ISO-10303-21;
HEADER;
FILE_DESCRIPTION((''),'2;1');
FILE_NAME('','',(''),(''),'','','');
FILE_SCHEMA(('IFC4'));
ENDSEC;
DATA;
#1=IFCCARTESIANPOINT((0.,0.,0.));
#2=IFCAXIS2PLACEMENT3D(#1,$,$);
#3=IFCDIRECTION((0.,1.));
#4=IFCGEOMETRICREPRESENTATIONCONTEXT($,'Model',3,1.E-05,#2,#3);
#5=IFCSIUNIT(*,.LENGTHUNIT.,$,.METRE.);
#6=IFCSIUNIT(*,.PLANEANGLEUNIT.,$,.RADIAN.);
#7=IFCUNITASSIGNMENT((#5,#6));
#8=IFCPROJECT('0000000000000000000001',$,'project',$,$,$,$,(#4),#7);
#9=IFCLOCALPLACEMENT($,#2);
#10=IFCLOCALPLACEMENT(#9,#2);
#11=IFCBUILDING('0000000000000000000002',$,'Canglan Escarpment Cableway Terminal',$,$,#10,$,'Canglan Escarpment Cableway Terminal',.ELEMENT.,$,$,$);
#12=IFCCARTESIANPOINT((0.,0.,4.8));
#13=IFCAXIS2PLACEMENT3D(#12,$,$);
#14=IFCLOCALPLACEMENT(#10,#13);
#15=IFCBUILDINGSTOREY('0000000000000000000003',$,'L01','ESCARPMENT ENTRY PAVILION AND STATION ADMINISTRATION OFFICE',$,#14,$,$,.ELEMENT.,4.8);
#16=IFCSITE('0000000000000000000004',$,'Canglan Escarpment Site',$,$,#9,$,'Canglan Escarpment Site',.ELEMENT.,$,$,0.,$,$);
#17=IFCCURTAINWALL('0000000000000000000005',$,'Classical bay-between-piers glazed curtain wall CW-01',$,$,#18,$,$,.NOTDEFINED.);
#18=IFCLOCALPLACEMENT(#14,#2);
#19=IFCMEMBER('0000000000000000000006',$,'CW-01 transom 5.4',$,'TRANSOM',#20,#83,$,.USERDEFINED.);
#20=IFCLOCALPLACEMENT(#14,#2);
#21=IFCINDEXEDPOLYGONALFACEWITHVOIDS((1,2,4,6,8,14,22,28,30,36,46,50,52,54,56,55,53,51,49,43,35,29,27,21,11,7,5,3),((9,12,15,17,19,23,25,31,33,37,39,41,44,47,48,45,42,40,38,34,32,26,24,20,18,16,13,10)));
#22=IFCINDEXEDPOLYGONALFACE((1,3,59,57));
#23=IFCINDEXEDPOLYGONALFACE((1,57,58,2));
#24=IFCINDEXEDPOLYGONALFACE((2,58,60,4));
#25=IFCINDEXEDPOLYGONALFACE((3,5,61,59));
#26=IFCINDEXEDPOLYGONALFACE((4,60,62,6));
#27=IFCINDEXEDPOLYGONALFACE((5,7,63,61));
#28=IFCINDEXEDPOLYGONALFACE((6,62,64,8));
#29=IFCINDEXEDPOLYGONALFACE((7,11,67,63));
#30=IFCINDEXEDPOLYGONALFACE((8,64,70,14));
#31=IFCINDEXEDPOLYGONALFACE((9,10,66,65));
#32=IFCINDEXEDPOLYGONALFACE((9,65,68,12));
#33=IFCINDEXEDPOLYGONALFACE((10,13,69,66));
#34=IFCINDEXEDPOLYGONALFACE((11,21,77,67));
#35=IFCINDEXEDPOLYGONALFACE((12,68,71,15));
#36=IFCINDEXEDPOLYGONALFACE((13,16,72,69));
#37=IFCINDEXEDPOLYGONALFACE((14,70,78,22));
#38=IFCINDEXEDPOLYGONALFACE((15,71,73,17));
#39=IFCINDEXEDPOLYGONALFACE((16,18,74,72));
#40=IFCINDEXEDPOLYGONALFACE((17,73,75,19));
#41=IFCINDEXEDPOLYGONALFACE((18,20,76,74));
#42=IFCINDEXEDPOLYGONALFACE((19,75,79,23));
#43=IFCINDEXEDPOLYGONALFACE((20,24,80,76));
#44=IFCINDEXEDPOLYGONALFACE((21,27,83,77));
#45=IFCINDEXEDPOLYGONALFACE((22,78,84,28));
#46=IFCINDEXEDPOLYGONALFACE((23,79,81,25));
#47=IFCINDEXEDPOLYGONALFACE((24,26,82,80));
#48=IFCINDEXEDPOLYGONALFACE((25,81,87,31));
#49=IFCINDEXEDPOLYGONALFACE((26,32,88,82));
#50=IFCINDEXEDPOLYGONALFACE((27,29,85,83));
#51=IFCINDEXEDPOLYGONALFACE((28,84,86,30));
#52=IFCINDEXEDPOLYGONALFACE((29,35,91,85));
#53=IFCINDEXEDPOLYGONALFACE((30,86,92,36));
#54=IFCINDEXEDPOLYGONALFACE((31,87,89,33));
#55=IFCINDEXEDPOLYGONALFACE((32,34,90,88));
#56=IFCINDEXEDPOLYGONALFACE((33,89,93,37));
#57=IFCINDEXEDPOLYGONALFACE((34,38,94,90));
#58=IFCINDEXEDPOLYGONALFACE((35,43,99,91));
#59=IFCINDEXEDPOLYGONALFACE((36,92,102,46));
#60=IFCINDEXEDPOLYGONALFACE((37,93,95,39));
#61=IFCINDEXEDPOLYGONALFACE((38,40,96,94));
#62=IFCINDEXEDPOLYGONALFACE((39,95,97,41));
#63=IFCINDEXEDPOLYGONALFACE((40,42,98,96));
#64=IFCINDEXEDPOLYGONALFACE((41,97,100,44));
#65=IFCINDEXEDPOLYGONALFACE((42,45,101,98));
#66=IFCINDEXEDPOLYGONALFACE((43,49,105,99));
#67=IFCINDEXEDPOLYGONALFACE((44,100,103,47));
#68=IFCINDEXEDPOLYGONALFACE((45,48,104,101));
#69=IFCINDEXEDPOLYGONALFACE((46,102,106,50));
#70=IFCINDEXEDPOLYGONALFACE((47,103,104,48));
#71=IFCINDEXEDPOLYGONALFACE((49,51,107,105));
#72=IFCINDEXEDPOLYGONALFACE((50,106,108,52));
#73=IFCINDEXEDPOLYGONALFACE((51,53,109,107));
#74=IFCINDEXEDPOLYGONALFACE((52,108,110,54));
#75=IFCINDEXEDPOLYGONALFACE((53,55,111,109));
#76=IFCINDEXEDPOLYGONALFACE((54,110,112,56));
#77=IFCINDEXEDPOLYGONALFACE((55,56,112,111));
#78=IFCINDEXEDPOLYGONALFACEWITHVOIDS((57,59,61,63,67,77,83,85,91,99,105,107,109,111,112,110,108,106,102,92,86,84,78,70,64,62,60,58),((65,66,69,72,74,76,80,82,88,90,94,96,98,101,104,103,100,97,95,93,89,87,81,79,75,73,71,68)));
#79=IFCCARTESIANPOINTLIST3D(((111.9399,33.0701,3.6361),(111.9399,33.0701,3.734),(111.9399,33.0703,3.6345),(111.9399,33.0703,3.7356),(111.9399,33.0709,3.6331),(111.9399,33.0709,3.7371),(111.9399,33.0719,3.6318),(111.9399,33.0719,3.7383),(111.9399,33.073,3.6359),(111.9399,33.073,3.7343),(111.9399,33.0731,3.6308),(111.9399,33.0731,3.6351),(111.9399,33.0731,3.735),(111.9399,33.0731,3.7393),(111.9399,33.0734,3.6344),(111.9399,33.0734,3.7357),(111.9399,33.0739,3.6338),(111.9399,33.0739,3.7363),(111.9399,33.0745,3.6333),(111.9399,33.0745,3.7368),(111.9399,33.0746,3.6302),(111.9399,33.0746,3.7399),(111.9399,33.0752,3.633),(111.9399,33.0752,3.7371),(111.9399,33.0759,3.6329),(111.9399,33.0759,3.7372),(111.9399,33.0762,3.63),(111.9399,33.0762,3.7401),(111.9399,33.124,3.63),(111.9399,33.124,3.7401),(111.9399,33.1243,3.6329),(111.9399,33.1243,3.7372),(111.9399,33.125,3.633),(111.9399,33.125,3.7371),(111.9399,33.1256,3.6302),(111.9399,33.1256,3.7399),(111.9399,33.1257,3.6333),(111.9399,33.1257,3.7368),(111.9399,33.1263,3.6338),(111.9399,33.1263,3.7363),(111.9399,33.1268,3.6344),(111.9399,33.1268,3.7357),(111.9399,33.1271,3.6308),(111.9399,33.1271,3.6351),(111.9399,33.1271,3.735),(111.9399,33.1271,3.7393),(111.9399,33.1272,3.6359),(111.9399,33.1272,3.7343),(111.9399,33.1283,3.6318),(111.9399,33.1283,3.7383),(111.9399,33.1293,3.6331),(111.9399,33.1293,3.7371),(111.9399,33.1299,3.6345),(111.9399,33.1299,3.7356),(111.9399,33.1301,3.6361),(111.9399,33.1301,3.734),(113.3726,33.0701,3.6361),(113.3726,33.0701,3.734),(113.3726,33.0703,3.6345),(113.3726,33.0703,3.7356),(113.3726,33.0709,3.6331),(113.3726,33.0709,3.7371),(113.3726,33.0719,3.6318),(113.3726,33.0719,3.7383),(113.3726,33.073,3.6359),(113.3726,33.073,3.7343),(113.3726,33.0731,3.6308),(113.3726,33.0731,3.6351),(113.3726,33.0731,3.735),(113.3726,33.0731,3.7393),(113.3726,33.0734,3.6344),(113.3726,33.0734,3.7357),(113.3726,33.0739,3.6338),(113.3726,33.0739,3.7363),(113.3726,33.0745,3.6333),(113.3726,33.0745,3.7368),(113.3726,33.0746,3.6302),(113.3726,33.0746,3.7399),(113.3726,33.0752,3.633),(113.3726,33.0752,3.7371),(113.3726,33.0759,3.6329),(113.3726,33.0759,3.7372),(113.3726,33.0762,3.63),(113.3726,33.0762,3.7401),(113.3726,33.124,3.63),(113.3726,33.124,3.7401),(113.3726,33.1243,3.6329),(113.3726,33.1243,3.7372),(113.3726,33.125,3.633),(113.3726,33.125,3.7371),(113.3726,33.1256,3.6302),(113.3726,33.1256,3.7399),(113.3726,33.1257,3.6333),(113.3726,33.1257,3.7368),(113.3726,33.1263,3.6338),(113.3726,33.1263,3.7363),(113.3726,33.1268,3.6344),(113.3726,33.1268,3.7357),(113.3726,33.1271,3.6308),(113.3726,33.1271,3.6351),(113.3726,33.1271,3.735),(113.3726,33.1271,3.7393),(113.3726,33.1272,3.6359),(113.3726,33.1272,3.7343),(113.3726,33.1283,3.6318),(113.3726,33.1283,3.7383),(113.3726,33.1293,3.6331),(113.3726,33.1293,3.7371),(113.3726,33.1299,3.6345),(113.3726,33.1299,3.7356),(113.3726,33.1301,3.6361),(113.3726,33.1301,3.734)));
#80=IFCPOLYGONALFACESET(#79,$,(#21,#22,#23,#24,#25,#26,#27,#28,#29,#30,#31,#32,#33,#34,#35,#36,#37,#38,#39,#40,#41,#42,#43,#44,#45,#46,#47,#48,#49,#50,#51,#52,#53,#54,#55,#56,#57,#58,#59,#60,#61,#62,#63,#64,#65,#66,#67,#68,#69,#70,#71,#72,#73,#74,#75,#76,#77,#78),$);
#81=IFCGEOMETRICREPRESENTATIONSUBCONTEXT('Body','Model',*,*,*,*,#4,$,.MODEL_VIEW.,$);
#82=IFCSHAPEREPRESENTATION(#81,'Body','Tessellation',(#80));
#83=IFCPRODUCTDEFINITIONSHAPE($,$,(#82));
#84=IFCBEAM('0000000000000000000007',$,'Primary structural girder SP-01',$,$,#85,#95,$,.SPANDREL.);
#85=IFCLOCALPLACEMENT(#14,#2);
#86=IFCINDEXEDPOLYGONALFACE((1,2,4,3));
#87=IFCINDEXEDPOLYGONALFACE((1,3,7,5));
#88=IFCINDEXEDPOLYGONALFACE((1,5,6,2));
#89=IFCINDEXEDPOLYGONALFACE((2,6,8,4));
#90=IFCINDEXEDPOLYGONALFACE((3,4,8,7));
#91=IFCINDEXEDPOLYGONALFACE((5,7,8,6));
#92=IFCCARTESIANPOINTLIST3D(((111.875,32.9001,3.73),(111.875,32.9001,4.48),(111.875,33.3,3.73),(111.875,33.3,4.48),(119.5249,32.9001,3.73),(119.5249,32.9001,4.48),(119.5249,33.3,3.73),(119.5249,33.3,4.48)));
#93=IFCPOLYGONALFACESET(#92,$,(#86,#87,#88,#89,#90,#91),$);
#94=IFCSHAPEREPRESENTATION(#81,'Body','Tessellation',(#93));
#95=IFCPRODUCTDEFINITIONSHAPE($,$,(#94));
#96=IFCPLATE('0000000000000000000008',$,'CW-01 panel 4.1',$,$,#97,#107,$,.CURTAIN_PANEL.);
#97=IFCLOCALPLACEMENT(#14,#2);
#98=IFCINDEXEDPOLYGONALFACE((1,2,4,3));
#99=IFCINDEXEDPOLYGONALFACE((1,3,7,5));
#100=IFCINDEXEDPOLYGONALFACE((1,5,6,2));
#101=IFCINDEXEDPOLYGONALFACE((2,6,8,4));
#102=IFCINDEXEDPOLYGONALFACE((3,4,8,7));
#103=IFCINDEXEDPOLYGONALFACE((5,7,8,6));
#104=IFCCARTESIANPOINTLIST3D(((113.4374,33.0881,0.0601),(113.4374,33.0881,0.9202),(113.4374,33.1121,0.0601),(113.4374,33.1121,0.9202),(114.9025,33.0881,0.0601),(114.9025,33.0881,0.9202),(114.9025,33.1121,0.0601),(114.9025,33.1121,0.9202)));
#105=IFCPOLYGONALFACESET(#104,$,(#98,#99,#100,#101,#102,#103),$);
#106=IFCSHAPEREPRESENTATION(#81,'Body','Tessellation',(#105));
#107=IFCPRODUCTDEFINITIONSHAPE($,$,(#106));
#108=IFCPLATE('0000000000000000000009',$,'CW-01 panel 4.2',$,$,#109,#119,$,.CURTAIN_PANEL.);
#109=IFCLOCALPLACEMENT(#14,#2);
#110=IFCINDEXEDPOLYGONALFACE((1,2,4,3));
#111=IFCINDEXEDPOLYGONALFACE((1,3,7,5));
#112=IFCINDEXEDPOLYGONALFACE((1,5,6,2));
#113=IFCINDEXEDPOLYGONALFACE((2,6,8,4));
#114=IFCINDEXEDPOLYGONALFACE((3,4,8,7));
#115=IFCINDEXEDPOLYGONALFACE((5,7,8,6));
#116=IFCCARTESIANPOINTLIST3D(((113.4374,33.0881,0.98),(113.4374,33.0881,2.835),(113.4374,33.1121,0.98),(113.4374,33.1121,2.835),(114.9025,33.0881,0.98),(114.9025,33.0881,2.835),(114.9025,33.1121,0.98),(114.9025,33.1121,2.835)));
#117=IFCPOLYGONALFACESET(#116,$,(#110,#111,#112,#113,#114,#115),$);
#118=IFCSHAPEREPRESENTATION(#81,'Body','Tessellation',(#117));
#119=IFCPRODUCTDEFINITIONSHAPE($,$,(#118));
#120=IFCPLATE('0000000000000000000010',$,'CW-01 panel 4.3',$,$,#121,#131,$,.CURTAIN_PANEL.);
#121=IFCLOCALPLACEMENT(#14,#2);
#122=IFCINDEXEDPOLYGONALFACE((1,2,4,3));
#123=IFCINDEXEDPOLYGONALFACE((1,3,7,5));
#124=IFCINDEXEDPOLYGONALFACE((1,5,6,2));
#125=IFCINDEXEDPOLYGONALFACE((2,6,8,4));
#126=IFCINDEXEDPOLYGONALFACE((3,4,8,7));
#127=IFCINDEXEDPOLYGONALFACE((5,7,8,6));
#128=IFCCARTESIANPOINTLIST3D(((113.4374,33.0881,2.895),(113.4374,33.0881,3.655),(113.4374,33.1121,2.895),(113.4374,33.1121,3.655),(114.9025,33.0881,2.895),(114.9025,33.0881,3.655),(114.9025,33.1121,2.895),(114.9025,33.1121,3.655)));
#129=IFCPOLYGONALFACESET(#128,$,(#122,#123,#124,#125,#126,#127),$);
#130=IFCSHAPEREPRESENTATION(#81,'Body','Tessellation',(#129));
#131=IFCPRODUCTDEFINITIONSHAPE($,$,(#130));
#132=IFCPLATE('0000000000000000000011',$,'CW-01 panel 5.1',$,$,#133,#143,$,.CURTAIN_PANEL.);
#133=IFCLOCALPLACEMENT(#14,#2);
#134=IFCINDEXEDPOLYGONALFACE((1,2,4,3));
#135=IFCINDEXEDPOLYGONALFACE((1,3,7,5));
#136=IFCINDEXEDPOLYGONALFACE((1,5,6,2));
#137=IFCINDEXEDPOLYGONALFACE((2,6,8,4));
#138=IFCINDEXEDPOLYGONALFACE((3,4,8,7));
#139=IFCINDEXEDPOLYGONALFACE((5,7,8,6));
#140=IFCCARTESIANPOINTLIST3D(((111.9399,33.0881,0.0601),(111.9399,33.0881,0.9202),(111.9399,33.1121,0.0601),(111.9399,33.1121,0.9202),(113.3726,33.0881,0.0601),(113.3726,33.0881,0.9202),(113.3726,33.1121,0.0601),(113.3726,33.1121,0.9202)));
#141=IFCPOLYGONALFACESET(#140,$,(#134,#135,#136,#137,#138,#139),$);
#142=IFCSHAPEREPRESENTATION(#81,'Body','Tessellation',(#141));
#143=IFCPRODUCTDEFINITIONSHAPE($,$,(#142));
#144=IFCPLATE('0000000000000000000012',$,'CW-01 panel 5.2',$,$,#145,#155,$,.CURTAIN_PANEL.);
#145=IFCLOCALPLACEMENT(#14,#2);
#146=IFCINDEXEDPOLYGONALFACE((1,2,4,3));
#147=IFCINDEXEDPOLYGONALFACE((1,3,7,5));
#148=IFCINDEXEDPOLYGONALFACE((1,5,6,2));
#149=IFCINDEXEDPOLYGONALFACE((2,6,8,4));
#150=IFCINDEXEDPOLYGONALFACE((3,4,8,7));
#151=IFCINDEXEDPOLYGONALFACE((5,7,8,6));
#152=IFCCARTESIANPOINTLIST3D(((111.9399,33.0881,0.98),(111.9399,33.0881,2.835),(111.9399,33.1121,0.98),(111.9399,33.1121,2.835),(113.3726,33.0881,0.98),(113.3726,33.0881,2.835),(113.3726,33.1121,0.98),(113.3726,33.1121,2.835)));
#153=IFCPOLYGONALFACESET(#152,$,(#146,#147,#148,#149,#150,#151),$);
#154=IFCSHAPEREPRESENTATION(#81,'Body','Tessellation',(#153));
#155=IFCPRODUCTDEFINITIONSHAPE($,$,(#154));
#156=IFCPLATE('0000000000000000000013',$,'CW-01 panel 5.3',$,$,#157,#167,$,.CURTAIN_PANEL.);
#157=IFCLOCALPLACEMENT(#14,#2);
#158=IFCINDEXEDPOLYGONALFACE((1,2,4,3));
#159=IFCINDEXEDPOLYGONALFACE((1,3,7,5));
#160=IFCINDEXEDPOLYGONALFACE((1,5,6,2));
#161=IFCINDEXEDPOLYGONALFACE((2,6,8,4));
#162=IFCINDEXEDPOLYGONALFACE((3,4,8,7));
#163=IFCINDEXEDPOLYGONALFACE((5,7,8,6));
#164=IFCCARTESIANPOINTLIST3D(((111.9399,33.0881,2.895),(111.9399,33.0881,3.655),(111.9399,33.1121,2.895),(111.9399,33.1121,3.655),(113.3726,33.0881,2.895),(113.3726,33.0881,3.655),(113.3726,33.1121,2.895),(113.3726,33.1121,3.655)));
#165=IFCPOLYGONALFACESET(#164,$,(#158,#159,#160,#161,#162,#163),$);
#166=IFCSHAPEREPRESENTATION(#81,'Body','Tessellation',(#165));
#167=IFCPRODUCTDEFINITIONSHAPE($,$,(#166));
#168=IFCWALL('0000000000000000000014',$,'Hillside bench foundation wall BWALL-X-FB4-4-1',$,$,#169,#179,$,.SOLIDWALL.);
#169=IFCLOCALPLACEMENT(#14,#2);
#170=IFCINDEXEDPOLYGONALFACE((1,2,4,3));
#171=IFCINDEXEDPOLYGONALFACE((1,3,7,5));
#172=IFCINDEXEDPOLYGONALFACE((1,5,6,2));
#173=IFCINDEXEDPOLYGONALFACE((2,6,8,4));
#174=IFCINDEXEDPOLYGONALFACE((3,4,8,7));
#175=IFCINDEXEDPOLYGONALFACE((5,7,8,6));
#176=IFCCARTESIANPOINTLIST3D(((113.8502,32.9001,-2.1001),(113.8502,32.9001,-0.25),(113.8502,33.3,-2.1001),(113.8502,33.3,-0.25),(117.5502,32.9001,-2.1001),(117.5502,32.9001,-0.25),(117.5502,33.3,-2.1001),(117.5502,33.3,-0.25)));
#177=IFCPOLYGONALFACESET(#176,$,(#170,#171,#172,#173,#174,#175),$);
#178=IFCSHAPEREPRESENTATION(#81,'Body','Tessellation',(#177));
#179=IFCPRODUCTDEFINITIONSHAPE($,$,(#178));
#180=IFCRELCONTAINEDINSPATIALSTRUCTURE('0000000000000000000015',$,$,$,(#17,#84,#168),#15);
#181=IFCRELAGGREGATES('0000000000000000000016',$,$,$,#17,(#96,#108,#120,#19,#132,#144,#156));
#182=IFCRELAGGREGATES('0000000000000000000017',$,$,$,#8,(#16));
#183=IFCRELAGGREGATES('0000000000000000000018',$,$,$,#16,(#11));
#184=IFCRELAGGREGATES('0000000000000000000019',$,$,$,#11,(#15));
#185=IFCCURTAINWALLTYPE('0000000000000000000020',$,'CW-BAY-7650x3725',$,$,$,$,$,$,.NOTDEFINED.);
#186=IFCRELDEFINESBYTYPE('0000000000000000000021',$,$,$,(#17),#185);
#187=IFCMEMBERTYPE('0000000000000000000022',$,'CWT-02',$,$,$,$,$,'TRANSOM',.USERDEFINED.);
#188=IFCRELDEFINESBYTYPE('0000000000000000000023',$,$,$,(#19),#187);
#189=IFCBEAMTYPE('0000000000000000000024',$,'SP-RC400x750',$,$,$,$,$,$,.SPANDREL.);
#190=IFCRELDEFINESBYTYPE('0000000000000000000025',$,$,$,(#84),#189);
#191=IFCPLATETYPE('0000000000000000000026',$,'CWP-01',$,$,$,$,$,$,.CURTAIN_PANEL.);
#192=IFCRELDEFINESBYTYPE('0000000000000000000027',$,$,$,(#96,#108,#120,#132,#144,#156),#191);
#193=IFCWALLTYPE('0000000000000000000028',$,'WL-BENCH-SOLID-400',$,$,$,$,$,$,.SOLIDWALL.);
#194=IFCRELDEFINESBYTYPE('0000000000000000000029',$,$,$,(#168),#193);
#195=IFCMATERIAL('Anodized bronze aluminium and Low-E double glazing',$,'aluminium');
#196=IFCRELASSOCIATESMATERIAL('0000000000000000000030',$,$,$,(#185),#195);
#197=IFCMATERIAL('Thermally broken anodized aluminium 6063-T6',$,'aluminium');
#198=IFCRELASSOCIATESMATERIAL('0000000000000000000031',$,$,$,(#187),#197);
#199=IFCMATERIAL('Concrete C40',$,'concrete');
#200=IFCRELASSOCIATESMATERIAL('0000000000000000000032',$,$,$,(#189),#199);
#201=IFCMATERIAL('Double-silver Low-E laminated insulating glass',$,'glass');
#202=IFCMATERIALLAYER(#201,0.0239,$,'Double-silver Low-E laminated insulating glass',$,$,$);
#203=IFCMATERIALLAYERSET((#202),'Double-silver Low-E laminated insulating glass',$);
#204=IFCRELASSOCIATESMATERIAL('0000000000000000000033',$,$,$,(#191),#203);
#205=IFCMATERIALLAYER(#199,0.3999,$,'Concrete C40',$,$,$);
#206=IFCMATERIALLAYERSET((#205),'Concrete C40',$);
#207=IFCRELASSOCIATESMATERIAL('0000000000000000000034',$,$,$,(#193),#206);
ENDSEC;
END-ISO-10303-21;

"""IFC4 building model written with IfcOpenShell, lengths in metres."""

from ifc_helpers import new_model, si_unit, direction, frame, frame_2d, origin, origin_2d, place, context, subcontext, project, spatial, rectangle, hollow_rectangle, extrude, material, layer, layer_set, material_profile, profile_set, type_object, element, aggregate, save


model = new_model("IFC4")

# Units and contexts
model_context = context("Model", 3, precision=1e-05, world=origin(), true_north=direction((0.0, 1.0)))
body_context = subcontext(model_context, "Body", "Model", "MODEL_VIEW")
ifc_project = project(units=[si_unit("LENGTHUNIT", "METRE"), si_unit("PLANEANGLEUNIT", "RADIAN")], contexts=[model_context])

# Site, building, storey
site_placement = place(None, origin())
site = spatial("IfcSite", under=ifc_project, at=site_placement, Name="Canglan Escarpment Site", LongName="Canglan Escarpment Site", CompositionType="ELEMENT", RefElevation=0.0)
building_placement = place(site_placement, origin())
building = spatial("IfcBuilding", under=site, at=building_placement, Name="Canglan Escarpment Cableway Terminal", LongName="Canglan Escarpment Cableway Terminal", CompositionType="ELEMENT")
storey_placement = place(building_placement, frame((0.0, 0.0, 4.8)))
storey = spatial("IfcBuildingStorey", under=building, at=storey_placement, Name="L01", Description="ESCARPMENT ENTRY PAVILION AND STATION ADMINISTRATION OFFICE", CompositionType="ELEMENT", Elevation=4.8)

# Shared definitions
ifc_material_1 = material(Name="Concrete C40", Category="concrete")

# Curtain wall, member
ifc_material_2 = material(Name="Anodized bronze aluminium and Low-E double glazing", Category="aluminium")
curtain_wall_type = type_object("IfcCurtainWallType", Name="CW-BAY-7650x3725", PredefinedType="NOTDEFINED", material=ifc_material_2)
curtain_wall_placement = place(storey_placement, origin())
curtain_wall = element("IfcCurtainWall", 1, at=curtain_wall_placement, inside=storey, type_object=curtain_wall_type, Name="Classical bay-between-piers glazed curtain wall CW-01", PredefinedType="NOTDEFINED")
ifc_material_3 = material(Name="Thermally broken anodized aluminium 6063-T6", Category="aluminium")
ifc_material_profile_1 = material_profile(ifc_material_3, hollow_rectangle(XDim=0.0601, YDim=0.1101, WallThickness=0.0029, InnerFilletRadius=0.0029, OuterFilletRadius=0.0061, at=origin_2d()), Name="ALU-TRAN 60x110x3")
ifc_profile_set_1 = profile_set([ifc_material_profile_1], Name="Thermally broken anodized aluminium 6063-T6")
member_type_1 = type_object("IfcMemberType", Name="CWT-02", ElementType="TRANSOM", PredefinedType="USERDEFINED", material=ifc_profile_set_1)
member_1_placement = place(storey_placement, frame((113.3726, 33.1001, 3.6851), z_axis=(-1.0, 0.0, 0.0), x_axis=(0.0, -1.0, 0.0)))
member_1 = element("IfcMember", 2, at=member_1_placement, type_object=member_type_1, Name="CW-01 transom 5.4", ObjectType="TRANSOM", PredefinedType="USERDEFINED", context=body_context, shape_type="SweptSolid", body=[
    extrude(hollow_rectangle(XDim=0.0601, YDim=0.1101, WallThickness=0.0029, InnerFilletRadius=0.0029, OuterFilletRadius=0.0061, at=origin_2d()), origin(), (0.0, 0.0, 1.0), 1.4326),
])

# Beam
ifc_material_profile_2 = material_profile(ifc_material_1, rectangle(XDim=0.3999, YDim=0.75, at=origin_2d()), Name="RC 400x750")
ifc_profile_set_2 = profile_set([ifc_material_profile_2], Name="Concrete C40")
beam_type = type_object("IfcBeamType", Name="SP-RC400x750", PredefinedType="SPANDREL", material=ifc_profile_set_2)
beam_placement = place(storey_placement, frame((111.875, 33.1001, 4.105), z_axis=(1.0, 0.0, 0.0), x_axis=(0.0, 1.0, 0.0)))
element("IfcBeam", 3, at=beam_placement, inside=storey, type_object=beam_type, Name="Primary structural girder SP-01", PredefinedType="SPANDREL", context=body_context, shape_type="SweptSolid", body=[
    extrude(rectangle(XDim=0.3999, YDim=0.75, at=origin_2d()), origin(), (0.0, 0.0, 1.0), 7.6499),
])

# Plates
ifc_material_4 = material(Name="Double-silver Low-E laminated insulating glass", Category="glass")
ifc_layer_1 = layer(ifc_material_4, 0.0239, Name="Double-silver Low-E laminated insulating glass")
ifc_layer_set_1 = layer_set([ifc_layer_1], Name="Double-silver Low-E laminated insulating glass")
plate_type = type_object("IfcPlateType", Name="CWP-01", PredefinedType="CURTAIN_PANEL", material=ifc_layer_set_1)
plate_1_placement = place(storey_placement, frame((114.1699, 33.1001, 0.0601), z_axis=(0.0, 0.0, 1.0), x_axis=(-1.0, 0.0, 0.0)))
plate_1 = element("IfcPlate", 4, at=plate_1_placement, type_object=plate_type, Name="CW-01 panel 4.1", PredefinedType="CURTAIN_PANEL", context=body_context, shape_type="SweptSolid", body=[
    extrude(rectangle(XDim=1.4651, YDim=0.0239, at=origin_2d()), origin(), (0.0, 0.0, 1.0), 0.8601),
])
plate_2_placement = place(storey_placement, frame((114.1699, 33.1001, 0.98), z_axis=(0.0, 0.0, 1.0), x_axis=(-1.0, 0.0, 0.0)))
plate_2 = element("IfcPlate", 5, at=plate_2_placement, type_object=plate_type, Name="CW-01 panel 4.2", PredefinedType="CURTAIN_PANEL", context=body_context, shape_type="SweptSolid", body=[
    extrude(rectangle(XDim=1.4651, YDim=0.0239, at=origin_2d()), origin(), (0.0, 0.0, 1.0), 1.855),
])
plate_3_placement = place(storey_placement, frame((114.1699, 33.1001, 2.895), z_axis=(0.0, 0.0, 1.0), x_axis=(-1.0, 0.0, 0.0)))
plate_3 = element("IfcPlate", 6, at=plate_3_placement, type_object=plate_type, Name="CW-01 panel 4.3", PredefinedType="CURTAIN_PANEL", context=body_context, shape_type="SweptSolid", body=[
    extrude(rectangle(XDim=1.4651, YDim=0.0239, at=origin_2d()), origin(), (0.0, 0.0, 1.0), 0.76),
])
plate_4_placement = place(storey_placement, frame((112.6562, 33.1001, 0.0601), z_axis=(0.0, 0.0, 1.0), x_axis=(-1.0, 0.0, 0.0)))
plate_4 = element("IfcPlate", 7, at=plate_4_placement, type_object=plate_type, Name="CW-01 panel 5.1", PredefinedType="CURTAIN_PANEL", context=body_context, shape_type="SweptSolid", body=[
    extrude(rectangle(XDim=1.4326, YDim=0.0239, at=origin_2d()), origin(), (0.0, 0.0, 1.0), 0.8601),
])
plate_5_placement = place(storey_placement, frame((112.6562, 33.1001, 0.98), z_axis=(0.0, 0.0, 1.0), x_axis=(-1.0, 0.0, 0.0)))
plate_5 = element("IfcPlate", 8, at=plate_5_placement, type_object=plate_type, Name="CW-01 panel 5.2", PredefinedType="CURTAIN_PANEL", context=body_context, shape_type="SweptSolid", body=[
    extrude(rectangle(XDim=1.4326, YDim=0.0239, at=origin_2d()), origin(), (0.0, 0.0, 1.0), 1.855),
])
plate_6_placement = place(storey_placement, frame((112.6562, 33.1001, 2.895), z_axis=(0.0, 0.0, 1.0), x_axis=(-1.0, 0.0, 0.0)))
plate_6 = element("IfcPlate", 9, at=plate_6_placement, type_object=plate_type, Name="CW-01 panel 5.3", PredefinedType="CURTAIN_PANEL", context=body_context, shape_type="SweptSolid", body=[
    extrude(rectangle(XDim=1.4326, YDim=0.0239, at=origin_2d()), origin(), (0.0, 0.0, 1.0), 0.76),
])
aggregate(curtain_wall, [plate_1, plate_2, plate_3, member_1, plate_4, plate_5, plate_6])

# Wall
ifc_layer_2 = layer(ifc_material_1, 0.3999, Name="Concrete C40")
ifc_layer_set_2 = layer_set([ifc_layer_2], Name="Concrete C40")
wall_type_1 = type_object("IfcWallType", Name="WL-BENCH-SOLID-400", PredefinedType="SOLIDWALL", material=ifc_layer_set_2)
wall_1_placement = place(storey_placement, frame((113.8501, 33.1001, -2.1001), z_axis=(0.0, 0.0, 1.0), x_axis=(1.0, 0.0, 0.0)))
element("IfcWall", 10, at=wall_1_placement, inside=storey, type_object=wall_type_1, Name="Hillside bench foundation wall BWALL-X-FB4-4-1", PredefinedType="SOLIDWALL", context=body_context, shape_type="SweptSolid", body=[
    extrude(rectangle(XDim=3.7, YDim=0.3999, at=frame_2d((1.8501, 0.0))), origin(), (0.0, 0.0, 1.0), 1.8501),
])

save(model, "model.ifc")
